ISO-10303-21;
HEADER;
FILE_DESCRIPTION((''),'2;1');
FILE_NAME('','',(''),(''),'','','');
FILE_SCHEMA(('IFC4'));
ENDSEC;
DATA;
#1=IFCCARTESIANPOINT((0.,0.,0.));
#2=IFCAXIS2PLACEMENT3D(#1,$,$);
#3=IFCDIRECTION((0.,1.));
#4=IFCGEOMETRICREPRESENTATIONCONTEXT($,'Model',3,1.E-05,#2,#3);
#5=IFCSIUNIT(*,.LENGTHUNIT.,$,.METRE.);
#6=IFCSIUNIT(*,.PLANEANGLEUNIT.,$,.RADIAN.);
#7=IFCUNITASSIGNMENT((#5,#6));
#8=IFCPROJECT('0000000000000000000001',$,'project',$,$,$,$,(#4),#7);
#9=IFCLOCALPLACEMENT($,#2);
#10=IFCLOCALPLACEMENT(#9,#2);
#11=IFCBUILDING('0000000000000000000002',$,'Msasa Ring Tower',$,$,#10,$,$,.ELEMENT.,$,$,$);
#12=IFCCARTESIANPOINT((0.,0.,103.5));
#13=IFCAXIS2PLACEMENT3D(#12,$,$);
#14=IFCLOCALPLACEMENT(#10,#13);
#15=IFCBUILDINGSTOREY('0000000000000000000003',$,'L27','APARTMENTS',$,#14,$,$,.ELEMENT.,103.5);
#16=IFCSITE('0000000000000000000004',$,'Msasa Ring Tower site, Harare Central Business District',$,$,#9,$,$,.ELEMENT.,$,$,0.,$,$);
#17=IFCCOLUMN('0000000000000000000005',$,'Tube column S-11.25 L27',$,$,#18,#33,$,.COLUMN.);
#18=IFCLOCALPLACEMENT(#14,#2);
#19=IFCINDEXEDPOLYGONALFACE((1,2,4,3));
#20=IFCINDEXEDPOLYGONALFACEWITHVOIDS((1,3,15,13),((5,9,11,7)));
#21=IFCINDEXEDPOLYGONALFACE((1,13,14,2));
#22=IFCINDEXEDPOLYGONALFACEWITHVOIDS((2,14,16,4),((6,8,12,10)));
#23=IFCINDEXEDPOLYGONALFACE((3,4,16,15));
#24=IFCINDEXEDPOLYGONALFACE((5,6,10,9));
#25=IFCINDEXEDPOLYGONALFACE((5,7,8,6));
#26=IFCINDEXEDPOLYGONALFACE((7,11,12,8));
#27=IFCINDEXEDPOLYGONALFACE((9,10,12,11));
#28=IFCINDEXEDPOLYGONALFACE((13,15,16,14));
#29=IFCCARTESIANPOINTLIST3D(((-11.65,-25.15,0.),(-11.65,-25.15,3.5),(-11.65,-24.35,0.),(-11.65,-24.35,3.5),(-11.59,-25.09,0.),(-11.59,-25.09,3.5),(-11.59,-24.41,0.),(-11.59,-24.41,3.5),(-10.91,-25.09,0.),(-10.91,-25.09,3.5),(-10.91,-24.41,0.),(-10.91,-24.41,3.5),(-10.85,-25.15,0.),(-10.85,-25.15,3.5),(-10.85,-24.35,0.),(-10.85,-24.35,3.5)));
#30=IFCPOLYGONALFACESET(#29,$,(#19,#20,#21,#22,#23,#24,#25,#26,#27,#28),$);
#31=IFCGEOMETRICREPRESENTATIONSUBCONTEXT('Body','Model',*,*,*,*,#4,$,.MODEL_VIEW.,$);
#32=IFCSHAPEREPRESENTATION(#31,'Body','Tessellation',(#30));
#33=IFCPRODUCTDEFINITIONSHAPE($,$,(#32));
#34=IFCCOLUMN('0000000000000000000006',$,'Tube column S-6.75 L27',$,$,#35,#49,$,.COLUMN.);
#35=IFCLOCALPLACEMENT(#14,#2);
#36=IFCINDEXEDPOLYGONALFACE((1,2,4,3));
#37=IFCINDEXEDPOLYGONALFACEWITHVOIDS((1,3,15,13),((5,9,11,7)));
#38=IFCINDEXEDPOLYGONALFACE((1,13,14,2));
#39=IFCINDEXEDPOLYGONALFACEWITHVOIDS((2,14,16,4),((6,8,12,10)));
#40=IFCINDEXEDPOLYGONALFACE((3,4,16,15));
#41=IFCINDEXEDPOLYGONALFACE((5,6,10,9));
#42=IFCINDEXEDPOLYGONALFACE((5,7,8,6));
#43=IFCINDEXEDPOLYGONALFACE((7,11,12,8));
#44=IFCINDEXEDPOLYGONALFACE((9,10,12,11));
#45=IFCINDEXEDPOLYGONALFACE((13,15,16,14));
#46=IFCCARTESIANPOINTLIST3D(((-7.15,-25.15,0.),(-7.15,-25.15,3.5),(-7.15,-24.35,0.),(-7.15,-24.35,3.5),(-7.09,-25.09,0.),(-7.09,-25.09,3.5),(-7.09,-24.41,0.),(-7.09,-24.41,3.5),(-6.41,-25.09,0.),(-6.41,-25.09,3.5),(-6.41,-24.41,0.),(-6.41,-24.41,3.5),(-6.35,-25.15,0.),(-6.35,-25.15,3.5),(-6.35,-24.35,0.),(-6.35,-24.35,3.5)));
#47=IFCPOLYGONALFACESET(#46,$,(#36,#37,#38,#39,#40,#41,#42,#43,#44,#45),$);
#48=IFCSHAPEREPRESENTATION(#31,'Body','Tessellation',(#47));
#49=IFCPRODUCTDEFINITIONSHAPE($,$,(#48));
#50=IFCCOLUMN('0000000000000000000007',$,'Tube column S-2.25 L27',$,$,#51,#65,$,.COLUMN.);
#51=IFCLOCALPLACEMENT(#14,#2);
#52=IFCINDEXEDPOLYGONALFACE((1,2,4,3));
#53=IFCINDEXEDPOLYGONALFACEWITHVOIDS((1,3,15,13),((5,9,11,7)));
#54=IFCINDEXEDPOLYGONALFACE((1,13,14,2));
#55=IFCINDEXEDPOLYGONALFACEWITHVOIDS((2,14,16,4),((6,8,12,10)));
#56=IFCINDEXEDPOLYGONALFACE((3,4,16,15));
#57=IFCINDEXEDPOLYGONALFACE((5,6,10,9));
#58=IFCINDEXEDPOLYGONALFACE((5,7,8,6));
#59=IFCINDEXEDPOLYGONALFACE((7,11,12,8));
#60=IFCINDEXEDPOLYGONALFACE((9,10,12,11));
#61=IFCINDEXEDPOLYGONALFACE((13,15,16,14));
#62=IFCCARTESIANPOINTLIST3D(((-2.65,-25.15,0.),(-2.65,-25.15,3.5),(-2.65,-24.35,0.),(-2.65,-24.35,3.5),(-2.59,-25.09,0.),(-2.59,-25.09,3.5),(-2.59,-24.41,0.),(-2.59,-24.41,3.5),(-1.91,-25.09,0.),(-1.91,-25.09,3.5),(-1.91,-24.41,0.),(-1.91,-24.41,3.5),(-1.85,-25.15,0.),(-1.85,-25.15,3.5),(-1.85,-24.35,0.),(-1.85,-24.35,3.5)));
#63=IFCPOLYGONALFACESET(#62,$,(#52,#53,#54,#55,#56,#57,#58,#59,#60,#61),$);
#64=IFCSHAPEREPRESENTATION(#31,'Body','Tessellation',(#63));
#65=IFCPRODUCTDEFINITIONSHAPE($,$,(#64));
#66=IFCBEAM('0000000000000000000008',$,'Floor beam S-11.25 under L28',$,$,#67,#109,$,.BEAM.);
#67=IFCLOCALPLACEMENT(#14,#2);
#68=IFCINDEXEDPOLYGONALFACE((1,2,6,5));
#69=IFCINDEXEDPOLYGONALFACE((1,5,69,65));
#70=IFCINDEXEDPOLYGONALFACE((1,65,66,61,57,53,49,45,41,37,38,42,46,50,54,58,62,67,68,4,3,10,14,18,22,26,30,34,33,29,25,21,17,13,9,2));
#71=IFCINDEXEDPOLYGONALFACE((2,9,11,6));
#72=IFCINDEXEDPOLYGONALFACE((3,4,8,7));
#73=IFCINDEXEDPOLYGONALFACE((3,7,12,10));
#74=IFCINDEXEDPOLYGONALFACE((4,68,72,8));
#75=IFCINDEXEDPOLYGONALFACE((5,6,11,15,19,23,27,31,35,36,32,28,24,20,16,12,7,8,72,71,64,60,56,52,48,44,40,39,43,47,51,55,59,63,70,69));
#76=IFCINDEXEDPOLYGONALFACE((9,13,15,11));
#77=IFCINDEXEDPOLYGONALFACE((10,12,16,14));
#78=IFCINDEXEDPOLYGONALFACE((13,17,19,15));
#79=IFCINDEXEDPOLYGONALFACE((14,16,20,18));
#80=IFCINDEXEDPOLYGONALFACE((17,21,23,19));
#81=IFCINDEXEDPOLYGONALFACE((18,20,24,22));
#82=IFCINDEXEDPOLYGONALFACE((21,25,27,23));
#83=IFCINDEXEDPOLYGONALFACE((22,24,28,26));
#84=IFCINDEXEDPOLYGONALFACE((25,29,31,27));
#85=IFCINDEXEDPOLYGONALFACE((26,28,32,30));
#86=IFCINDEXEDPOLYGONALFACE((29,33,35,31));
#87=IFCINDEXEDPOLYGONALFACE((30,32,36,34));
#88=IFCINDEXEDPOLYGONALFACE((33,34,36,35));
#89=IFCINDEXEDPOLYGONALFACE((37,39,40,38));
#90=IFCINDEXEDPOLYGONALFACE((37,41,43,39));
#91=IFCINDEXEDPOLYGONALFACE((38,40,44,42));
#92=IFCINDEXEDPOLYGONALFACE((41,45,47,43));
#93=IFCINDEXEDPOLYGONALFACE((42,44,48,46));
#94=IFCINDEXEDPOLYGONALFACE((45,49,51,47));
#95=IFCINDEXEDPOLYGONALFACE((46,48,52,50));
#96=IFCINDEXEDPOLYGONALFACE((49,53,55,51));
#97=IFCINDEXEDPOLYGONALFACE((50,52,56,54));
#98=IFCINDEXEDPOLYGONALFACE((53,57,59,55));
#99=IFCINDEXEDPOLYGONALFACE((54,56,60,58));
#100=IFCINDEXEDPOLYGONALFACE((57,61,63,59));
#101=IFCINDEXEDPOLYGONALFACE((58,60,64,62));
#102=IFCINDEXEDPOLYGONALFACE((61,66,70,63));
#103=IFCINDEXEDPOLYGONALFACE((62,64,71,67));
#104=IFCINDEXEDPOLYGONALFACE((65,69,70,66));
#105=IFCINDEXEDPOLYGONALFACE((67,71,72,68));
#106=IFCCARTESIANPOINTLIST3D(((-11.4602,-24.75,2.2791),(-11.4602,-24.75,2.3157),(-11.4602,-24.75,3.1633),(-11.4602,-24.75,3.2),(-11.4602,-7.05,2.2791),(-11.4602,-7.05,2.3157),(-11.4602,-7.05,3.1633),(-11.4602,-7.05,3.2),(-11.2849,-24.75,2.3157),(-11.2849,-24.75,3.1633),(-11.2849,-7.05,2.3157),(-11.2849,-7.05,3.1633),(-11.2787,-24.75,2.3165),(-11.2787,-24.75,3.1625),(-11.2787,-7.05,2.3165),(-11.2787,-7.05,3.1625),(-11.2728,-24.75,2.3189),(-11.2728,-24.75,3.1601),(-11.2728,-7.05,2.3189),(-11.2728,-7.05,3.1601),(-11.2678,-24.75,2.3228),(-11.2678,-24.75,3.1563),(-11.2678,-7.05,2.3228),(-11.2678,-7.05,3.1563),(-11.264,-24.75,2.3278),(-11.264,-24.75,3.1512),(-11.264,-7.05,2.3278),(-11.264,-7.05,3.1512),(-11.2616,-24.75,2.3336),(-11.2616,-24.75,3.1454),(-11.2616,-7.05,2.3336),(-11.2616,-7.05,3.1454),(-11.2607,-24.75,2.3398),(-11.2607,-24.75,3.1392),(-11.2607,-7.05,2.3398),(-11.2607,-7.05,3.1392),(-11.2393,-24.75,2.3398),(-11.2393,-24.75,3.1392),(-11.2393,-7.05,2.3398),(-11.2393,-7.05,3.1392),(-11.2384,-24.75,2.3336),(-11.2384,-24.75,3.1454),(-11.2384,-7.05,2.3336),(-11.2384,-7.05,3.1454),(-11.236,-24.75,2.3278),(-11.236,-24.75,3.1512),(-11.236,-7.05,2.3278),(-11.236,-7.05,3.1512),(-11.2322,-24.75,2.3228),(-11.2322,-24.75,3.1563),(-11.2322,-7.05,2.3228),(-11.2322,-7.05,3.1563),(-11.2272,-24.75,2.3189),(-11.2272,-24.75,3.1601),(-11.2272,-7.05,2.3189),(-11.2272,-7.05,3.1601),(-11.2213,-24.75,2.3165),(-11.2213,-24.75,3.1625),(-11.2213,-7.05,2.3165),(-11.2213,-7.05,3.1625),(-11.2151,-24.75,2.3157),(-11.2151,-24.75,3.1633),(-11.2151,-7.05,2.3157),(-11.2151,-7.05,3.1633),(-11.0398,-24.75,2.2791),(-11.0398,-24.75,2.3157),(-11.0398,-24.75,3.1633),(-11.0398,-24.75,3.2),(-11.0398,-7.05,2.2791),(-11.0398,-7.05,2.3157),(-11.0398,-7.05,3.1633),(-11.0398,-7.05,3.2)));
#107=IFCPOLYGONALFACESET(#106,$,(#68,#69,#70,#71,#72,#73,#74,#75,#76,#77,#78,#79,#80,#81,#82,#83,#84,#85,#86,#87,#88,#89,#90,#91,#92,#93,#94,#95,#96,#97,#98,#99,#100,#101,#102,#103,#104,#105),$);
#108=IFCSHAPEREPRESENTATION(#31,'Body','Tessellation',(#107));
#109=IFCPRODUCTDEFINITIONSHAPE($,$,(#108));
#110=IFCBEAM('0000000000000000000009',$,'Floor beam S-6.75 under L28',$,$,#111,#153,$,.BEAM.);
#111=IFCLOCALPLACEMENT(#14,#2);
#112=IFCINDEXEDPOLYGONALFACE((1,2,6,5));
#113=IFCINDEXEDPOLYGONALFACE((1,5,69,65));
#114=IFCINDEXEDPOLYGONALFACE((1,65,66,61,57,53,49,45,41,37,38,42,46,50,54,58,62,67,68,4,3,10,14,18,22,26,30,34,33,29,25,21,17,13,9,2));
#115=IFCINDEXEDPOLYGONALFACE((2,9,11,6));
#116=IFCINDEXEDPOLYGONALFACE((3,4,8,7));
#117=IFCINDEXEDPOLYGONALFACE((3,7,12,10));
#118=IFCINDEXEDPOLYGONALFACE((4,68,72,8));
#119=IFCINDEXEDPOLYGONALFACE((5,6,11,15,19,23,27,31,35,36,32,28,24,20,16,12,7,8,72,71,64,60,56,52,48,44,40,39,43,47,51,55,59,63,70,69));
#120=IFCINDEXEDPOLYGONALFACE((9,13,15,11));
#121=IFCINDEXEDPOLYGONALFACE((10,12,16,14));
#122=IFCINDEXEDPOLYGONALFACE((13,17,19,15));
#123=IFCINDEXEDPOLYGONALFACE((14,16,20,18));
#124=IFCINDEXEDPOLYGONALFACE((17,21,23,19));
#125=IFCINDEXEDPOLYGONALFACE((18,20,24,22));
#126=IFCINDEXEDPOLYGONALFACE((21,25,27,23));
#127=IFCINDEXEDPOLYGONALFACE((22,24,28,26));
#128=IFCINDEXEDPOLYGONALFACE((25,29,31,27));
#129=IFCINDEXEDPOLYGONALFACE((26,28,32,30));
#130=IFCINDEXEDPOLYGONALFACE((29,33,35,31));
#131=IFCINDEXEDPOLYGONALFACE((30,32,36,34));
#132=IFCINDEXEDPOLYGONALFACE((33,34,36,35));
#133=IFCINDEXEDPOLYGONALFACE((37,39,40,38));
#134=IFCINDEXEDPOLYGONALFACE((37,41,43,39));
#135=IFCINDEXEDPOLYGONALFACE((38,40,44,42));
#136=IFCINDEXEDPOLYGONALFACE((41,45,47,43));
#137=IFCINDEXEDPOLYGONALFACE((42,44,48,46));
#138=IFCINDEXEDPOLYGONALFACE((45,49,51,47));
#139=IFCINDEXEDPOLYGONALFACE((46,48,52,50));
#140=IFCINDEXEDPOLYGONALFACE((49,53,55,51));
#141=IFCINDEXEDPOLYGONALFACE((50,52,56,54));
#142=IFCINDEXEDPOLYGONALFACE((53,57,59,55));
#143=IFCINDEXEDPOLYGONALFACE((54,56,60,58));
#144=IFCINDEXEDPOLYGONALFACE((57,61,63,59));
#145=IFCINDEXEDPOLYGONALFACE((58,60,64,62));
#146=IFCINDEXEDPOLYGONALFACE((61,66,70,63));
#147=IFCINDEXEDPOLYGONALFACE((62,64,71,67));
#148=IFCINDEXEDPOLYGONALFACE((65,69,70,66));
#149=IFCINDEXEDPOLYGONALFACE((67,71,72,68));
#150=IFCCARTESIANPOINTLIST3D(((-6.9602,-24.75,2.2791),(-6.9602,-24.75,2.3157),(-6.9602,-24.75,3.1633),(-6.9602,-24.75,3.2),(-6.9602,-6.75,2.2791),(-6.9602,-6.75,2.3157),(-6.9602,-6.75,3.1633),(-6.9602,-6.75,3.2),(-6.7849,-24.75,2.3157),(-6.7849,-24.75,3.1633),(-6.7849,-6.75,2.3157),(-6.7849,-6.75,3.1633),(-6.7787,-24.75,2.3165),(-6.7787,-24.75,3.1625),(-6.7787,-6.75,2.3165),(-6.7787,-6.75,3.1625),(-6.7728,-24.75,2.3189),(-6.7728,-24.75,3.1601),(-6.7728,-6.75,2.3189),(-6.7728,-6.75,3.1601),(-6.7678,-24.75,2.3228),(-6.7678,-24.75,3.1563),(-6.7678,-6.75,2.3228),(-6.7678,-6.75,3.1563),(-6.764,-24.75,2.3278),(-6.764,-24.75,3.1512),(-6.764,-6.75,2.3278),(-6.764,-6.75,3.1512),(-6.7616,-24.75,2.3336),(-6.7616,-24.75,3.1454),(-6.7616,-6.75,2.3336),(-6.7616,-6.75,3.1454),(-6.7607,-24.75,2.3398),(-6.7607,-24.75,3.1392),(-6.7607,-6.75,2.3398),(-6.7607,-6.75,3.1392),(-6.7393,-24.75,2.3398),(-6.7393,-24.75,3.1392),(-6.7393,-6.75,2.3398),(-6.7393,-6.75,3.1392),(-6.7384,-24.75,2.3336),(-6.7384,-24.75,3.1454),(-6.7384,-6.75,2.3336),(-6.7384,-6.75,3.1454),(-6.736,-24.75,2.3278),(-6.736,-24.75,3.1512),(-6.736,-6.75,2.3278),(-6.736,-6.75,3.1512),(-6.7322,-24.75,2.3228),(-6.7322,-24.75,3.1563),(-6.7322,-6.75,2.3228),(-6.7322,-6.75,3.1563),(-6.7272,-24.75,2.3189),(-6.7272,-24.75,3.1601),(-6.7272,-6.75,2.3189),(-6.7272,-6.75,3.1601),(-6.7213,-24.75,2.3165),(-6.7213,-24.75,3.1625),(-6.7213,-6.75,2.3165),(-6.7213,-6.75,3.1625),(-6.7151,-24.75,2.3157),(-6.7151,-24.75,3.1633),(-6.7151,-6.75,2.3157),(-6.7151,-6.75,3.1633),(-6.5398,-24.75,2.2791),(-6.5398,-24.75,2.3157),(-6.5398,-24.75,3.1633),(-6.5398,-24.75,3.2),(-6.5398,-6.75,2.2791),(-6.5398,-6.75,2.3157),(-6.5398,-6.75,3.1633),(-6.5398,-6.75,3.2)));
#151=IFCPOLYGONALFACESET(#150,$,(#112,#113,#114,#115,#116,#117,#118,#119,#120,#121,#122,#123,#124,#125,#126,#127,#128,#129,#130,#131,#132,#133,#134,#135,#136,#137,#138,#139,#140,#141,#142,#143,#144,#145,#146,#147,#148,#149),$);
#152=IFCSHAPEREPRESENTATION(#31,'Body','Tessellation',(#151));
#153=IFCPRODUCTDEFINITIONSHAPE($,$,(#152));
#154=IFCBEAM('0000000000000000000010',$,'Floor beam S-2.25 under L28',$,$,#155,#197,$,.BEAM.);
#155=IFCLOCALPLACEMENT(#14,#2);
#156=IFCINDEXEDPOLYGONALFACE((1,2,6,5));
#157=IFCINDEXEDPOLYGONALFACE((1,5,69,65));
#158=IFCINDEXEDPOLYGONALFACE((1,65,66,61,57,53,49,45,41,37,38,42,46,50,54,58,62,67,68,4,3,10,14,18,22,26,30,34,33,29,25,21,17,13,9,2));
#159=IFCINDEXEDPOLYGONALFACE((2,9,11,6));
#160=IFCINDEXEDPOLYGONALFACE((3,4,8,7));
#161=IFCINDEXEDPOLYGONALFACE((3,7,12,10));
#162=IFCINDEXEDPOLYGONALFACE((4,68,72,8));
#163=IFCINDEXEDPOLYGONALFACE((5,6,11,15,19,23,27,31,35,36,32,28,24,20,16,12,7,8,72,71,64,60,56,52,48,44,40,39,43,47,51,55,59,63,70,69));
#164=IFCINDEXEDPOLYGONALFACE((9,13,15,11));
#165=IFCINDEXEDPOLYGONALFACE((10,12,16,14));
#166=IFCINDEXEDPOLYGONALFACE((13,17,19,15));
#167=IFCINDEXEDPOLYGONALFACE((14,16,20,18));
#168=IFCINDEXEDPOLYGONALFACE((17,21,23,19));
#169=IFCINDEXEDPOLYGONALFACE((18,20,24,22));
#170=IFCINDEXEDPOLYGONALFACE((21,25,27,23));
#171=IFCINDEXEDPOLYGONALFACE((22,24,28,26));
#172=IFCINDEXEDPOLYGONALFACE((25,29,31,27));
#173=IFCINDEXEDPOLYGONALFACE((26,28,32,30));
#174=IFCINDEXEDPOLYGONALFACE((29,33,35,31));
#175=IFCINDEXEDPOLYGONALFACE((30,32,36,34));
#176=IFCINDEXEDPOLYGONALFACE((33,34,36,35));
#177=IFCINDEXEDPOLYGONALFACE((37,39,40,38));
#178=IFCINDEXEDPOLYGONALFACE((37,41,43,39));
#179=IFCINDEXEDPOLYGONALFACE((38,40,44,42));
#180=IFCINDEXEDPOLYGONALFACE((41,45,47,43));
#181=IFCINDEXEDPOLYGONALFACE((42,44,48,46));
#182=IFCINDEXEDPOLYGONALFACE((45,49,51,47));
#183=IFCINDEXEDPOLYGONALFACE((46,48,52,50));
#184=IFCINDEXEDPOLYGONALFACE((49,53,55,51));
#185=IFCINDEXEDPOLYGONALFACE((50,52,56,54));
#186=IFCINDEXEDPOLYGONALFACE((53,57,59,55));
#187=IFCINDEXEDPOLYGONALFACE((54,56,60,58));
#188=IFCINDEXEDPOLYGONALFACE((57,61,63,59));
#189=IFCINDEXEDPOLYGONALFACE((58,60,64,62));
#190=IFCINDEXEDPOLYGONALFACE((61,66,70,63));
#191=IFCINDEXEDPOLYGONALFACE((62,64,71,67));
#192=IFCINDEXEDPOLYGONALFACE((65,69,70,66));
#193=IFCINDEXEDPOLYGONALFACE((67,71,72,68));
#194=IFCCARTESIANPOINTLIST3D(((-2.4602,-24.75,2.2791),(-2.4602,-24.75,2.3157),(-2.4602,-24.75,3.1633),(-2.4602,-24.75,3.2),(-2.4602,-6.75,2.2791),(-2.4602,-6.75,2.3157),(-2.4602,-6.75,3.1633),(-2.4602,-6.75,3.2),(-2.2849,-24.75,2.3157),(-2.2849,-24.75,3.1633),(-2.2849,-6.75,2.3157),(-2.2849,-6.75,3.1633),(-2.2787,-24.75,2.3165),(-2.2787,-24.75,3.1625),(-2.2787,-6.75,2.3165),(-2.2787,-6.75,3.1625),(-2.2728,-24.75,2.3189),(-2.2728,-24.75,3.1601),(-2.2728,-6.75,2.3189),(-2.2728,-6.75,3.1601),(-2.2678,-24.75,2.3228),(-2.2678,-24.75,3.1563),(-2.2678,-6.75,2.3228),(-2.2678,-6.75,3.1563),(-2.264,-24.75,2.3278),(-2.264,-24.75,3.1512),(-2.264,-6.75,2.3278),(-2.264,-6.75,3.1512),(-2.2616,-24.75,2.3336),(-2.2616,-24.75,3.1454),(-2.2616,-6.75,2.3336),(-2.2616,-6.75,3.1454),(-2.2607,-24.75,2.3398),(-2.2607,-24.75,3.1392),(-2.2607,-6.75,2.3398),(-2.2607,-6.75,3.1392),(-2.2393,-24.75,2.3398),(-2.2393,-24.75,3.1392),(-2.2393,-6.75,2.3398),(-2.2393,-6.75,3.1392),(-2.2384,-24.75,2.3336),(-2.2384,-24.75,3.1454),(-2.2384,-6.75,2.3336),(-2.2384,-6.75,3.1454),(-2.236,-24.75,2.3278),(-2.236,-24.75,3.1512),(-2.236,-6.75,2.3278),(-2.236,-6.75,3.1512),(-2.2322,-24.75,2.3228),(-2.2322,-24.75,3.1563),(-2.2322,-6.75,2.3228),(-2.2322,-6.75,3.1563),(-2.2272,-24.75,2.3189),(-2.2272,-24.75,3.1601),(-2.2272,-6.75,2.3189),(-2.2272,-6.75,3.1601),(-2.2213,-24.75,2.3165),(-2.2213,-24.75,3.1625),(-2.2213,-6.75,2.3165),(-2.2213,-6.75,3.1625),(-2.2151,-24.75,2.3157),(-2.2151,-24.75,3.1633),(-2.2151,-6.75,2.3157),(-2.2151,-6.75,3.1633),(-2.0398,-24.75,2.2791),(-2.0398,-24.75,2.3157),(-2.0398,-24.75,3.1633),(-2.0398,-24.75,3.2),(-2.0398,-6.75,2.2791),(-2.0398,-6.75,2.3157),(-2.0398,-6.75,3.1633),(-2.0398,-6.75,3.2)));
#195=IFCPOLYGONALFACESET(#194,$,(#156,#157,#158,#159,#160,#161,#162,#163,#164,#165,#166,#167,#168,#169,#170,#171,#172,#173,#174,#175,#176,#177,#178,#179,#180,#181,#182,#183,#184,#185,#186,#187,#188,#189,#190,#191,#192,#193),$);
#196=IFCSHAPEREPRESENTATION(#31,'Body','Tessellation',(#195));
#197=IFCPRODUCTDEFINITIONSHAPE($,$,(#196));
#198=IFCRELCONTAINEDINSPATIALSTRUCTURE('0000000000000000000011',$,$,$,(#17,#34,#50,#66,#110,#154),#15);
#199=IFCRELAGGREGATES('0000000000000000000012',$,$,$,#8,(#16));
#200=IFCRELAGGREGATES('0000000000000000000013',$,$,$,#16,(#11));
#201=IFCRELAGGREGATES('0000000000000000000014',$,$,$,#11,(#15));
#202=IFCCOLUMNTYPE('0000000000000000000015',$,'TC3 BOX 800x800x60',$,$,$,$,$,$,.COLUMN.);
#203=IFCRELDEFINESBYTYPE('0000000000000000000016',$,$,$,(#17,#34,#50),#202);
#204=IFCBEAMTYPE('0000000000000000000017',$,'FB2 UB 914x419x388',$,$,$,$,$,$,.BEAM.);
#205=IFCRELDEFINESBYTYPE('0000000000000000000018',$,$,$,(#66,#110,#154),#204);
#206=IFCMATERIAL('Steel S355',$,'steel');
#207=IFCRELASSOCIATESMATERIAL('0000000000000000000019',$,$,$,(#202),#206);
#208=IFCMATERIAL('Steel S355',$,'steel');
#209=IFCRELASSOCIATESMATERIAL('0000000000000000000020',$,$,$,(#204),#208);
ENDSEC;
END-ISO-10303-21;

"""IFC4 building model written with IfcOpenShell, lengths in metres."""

from ifc_helpers import new_model, si_unit, direction, frame, origin, origin_2d, place, context, subcontext, project, spatial, hollow_rectangle, i_section, extrude, material, material_profile, profile_set, type_object, element, save


model = new_model("IFC4")

# Units and contexts
model_context = context("Model", 3, precision=1e-05, world=origin(), true_north=direction((0.0, 1.0)))
body_context = subcontext(model_context, "Body", "Model", "MODEL_VIEW")
ifc_project = project(units=[si_unit("LENGTHUNIT", "METRE"), si_unit("PLANEANGLEUNIT", "RADIAN")], contexts=[model_context])

# Site, building, storey
site_placement = place(None, origin())
site = spatial("IfcSite", under=ifc_project, at=site_placement, Name="Msasa Ring Tower site, Harare Central Business District", CompositionType="ELEMENT", RefElevation=0.0)
building_placement = place(site_placement, origin())
building = spatial("IfcBuilding", under=site, at=building_placement, Name="Msasa Ring Tower", CompositionType="ELEMENT")
storey_placement = place(building_placement, frame((0.0, 0.0, 103.5)))
storey = spatial("IfcBuildingStorey", under=building, at=storey_placement, Name="L27", Description="APARTMENTS", CompositionType="ELEMENT", Elevation=103.5)

# Columns
ifc_material_1 = material(Name="Steel S355", Category="steel")
ifc_material_profile_1 = material_profile(ifc_material_1, hollow_rectangle(XDim=0.8, YDim=0.8, WallThickness=0.0601, at=origin_2d()), Name="BOX 800x800x60")
ifc_profile_set_1 = profile_set([ifc_material_profile_1], Name="Steel S355")
column_type = type_object("IfcColumnType", Name="TC3 BOX 800x800x60", PredefinedType="COLUMN", material=ifc_profile_set_1)
for number, where, z_axis, x_axis, name in (
    (1, (-11.25, -24.75, 0.0), (0.0, 0.0, 1.0), (0.0, 1.0, 0.0), "Tube column S-11.25 L27"),
    (2, (-6.75, -24.75, 0.0), (0.0, 0.0, 1.0), (0.0, 1.0, 0.0), "Tube column S-6.75 L27"),
    (3, (-2.25, -24.75, 0.0), (0.0, 0.0, 1.0), (0.0, 1.0, 0.0), "Tube column S-2.25 L27"),
):
    element("IfcColumn", number, at=place(storey_placement, frame(where, z_axis=z_axis, x_axis=x_axis)), inside=storey, type_object=column_type, Name=name, PredefinedType="COLUMN", context=body_context, shape_type="SweptSolid", body=[
        extrude(hollow_rectangle(XDim=0.8, YDim=0.8, WallThickness=0.0601, at=origin_2d()), origin(), (0.0, 0.0, 1.0), 3.5),
    ])

# Beams
ifc_material_2 = material(Name="Steel S355", Category="steel")
ifc_material_profile_2 = material_profile(ifc_material_2, i_section(OverallWidth=0.4204, OverallDepth=0.9209, WebThickness=0.0215, FlangeThickness=0.0366, FilletRadius=0.0242, at=origin_2d()), Name="UB 914x419x388")
ifc_profile_set_2 = profile_set([ifc_material_profile_2], Name="Steel S355")
beam_type_1 = type_object("IfcBeamType", Name="FB2 UB 914x419x388", PredefinedType="BEAM", material=ifc_profile_set_2)
beam_placement = place(storey_placement, frame((-11.25, -24.75, 2.7395), z_axis=(0.0, 1.0, 0.0), x_axis=(-1.0, 0.0, 0.0)))
element("IfcBeam", 4, at=beam_placement, inside=storey, type_object=beam_type_1, Name="Floor beam S-11.25 under L28", PredefinedType="BEAM", context=body_context, shape_type="SweptSolid", body=[
    extrude(i_section(OverallWidth=0.4204, OverallDepth=0.9209, WebThickness=0.0215, FlangeThickness=0.0366, FilletRadius=0.0242, at=origin_2d()), origin(), (0.0, 0.0, 1.0), 17.7),
])
for number, where, z_axis, x_axis, name in (
    (5, (-6.75, -24.75, 2.7395), (0.0, 1.0, 0.0), (-1.0, 0.0, 0.0), "Floor beam S-6.75 under L28"),
    (6, (-2.25, -24.75, 2.7395), (0.0, 1.0, 0.0), (-1.0, 0.0, 0.0), "Floor beam S-2.25 under L28"),
):
    element("IfcBeam", number, at=place(storey_placement, frame(where, z_axis=z_axis, x_axis=x_axis)), inside=storey, type_object=beam_type_1, Name=name, PredefinedType="BEAM", context=body_context, shape_type="SweptSolid", body=[
        extrude(i_section(OverallWidth=0.4204, OverallDepth=0.9209, WebThickness=0.0215, FlangeThickness=0.0366, FilletRadius=0.0242, at=origin_2d()), origin(), (0.0, 0.0, 1.0), 18.0),
    ])

save(model, "model.ifc")
